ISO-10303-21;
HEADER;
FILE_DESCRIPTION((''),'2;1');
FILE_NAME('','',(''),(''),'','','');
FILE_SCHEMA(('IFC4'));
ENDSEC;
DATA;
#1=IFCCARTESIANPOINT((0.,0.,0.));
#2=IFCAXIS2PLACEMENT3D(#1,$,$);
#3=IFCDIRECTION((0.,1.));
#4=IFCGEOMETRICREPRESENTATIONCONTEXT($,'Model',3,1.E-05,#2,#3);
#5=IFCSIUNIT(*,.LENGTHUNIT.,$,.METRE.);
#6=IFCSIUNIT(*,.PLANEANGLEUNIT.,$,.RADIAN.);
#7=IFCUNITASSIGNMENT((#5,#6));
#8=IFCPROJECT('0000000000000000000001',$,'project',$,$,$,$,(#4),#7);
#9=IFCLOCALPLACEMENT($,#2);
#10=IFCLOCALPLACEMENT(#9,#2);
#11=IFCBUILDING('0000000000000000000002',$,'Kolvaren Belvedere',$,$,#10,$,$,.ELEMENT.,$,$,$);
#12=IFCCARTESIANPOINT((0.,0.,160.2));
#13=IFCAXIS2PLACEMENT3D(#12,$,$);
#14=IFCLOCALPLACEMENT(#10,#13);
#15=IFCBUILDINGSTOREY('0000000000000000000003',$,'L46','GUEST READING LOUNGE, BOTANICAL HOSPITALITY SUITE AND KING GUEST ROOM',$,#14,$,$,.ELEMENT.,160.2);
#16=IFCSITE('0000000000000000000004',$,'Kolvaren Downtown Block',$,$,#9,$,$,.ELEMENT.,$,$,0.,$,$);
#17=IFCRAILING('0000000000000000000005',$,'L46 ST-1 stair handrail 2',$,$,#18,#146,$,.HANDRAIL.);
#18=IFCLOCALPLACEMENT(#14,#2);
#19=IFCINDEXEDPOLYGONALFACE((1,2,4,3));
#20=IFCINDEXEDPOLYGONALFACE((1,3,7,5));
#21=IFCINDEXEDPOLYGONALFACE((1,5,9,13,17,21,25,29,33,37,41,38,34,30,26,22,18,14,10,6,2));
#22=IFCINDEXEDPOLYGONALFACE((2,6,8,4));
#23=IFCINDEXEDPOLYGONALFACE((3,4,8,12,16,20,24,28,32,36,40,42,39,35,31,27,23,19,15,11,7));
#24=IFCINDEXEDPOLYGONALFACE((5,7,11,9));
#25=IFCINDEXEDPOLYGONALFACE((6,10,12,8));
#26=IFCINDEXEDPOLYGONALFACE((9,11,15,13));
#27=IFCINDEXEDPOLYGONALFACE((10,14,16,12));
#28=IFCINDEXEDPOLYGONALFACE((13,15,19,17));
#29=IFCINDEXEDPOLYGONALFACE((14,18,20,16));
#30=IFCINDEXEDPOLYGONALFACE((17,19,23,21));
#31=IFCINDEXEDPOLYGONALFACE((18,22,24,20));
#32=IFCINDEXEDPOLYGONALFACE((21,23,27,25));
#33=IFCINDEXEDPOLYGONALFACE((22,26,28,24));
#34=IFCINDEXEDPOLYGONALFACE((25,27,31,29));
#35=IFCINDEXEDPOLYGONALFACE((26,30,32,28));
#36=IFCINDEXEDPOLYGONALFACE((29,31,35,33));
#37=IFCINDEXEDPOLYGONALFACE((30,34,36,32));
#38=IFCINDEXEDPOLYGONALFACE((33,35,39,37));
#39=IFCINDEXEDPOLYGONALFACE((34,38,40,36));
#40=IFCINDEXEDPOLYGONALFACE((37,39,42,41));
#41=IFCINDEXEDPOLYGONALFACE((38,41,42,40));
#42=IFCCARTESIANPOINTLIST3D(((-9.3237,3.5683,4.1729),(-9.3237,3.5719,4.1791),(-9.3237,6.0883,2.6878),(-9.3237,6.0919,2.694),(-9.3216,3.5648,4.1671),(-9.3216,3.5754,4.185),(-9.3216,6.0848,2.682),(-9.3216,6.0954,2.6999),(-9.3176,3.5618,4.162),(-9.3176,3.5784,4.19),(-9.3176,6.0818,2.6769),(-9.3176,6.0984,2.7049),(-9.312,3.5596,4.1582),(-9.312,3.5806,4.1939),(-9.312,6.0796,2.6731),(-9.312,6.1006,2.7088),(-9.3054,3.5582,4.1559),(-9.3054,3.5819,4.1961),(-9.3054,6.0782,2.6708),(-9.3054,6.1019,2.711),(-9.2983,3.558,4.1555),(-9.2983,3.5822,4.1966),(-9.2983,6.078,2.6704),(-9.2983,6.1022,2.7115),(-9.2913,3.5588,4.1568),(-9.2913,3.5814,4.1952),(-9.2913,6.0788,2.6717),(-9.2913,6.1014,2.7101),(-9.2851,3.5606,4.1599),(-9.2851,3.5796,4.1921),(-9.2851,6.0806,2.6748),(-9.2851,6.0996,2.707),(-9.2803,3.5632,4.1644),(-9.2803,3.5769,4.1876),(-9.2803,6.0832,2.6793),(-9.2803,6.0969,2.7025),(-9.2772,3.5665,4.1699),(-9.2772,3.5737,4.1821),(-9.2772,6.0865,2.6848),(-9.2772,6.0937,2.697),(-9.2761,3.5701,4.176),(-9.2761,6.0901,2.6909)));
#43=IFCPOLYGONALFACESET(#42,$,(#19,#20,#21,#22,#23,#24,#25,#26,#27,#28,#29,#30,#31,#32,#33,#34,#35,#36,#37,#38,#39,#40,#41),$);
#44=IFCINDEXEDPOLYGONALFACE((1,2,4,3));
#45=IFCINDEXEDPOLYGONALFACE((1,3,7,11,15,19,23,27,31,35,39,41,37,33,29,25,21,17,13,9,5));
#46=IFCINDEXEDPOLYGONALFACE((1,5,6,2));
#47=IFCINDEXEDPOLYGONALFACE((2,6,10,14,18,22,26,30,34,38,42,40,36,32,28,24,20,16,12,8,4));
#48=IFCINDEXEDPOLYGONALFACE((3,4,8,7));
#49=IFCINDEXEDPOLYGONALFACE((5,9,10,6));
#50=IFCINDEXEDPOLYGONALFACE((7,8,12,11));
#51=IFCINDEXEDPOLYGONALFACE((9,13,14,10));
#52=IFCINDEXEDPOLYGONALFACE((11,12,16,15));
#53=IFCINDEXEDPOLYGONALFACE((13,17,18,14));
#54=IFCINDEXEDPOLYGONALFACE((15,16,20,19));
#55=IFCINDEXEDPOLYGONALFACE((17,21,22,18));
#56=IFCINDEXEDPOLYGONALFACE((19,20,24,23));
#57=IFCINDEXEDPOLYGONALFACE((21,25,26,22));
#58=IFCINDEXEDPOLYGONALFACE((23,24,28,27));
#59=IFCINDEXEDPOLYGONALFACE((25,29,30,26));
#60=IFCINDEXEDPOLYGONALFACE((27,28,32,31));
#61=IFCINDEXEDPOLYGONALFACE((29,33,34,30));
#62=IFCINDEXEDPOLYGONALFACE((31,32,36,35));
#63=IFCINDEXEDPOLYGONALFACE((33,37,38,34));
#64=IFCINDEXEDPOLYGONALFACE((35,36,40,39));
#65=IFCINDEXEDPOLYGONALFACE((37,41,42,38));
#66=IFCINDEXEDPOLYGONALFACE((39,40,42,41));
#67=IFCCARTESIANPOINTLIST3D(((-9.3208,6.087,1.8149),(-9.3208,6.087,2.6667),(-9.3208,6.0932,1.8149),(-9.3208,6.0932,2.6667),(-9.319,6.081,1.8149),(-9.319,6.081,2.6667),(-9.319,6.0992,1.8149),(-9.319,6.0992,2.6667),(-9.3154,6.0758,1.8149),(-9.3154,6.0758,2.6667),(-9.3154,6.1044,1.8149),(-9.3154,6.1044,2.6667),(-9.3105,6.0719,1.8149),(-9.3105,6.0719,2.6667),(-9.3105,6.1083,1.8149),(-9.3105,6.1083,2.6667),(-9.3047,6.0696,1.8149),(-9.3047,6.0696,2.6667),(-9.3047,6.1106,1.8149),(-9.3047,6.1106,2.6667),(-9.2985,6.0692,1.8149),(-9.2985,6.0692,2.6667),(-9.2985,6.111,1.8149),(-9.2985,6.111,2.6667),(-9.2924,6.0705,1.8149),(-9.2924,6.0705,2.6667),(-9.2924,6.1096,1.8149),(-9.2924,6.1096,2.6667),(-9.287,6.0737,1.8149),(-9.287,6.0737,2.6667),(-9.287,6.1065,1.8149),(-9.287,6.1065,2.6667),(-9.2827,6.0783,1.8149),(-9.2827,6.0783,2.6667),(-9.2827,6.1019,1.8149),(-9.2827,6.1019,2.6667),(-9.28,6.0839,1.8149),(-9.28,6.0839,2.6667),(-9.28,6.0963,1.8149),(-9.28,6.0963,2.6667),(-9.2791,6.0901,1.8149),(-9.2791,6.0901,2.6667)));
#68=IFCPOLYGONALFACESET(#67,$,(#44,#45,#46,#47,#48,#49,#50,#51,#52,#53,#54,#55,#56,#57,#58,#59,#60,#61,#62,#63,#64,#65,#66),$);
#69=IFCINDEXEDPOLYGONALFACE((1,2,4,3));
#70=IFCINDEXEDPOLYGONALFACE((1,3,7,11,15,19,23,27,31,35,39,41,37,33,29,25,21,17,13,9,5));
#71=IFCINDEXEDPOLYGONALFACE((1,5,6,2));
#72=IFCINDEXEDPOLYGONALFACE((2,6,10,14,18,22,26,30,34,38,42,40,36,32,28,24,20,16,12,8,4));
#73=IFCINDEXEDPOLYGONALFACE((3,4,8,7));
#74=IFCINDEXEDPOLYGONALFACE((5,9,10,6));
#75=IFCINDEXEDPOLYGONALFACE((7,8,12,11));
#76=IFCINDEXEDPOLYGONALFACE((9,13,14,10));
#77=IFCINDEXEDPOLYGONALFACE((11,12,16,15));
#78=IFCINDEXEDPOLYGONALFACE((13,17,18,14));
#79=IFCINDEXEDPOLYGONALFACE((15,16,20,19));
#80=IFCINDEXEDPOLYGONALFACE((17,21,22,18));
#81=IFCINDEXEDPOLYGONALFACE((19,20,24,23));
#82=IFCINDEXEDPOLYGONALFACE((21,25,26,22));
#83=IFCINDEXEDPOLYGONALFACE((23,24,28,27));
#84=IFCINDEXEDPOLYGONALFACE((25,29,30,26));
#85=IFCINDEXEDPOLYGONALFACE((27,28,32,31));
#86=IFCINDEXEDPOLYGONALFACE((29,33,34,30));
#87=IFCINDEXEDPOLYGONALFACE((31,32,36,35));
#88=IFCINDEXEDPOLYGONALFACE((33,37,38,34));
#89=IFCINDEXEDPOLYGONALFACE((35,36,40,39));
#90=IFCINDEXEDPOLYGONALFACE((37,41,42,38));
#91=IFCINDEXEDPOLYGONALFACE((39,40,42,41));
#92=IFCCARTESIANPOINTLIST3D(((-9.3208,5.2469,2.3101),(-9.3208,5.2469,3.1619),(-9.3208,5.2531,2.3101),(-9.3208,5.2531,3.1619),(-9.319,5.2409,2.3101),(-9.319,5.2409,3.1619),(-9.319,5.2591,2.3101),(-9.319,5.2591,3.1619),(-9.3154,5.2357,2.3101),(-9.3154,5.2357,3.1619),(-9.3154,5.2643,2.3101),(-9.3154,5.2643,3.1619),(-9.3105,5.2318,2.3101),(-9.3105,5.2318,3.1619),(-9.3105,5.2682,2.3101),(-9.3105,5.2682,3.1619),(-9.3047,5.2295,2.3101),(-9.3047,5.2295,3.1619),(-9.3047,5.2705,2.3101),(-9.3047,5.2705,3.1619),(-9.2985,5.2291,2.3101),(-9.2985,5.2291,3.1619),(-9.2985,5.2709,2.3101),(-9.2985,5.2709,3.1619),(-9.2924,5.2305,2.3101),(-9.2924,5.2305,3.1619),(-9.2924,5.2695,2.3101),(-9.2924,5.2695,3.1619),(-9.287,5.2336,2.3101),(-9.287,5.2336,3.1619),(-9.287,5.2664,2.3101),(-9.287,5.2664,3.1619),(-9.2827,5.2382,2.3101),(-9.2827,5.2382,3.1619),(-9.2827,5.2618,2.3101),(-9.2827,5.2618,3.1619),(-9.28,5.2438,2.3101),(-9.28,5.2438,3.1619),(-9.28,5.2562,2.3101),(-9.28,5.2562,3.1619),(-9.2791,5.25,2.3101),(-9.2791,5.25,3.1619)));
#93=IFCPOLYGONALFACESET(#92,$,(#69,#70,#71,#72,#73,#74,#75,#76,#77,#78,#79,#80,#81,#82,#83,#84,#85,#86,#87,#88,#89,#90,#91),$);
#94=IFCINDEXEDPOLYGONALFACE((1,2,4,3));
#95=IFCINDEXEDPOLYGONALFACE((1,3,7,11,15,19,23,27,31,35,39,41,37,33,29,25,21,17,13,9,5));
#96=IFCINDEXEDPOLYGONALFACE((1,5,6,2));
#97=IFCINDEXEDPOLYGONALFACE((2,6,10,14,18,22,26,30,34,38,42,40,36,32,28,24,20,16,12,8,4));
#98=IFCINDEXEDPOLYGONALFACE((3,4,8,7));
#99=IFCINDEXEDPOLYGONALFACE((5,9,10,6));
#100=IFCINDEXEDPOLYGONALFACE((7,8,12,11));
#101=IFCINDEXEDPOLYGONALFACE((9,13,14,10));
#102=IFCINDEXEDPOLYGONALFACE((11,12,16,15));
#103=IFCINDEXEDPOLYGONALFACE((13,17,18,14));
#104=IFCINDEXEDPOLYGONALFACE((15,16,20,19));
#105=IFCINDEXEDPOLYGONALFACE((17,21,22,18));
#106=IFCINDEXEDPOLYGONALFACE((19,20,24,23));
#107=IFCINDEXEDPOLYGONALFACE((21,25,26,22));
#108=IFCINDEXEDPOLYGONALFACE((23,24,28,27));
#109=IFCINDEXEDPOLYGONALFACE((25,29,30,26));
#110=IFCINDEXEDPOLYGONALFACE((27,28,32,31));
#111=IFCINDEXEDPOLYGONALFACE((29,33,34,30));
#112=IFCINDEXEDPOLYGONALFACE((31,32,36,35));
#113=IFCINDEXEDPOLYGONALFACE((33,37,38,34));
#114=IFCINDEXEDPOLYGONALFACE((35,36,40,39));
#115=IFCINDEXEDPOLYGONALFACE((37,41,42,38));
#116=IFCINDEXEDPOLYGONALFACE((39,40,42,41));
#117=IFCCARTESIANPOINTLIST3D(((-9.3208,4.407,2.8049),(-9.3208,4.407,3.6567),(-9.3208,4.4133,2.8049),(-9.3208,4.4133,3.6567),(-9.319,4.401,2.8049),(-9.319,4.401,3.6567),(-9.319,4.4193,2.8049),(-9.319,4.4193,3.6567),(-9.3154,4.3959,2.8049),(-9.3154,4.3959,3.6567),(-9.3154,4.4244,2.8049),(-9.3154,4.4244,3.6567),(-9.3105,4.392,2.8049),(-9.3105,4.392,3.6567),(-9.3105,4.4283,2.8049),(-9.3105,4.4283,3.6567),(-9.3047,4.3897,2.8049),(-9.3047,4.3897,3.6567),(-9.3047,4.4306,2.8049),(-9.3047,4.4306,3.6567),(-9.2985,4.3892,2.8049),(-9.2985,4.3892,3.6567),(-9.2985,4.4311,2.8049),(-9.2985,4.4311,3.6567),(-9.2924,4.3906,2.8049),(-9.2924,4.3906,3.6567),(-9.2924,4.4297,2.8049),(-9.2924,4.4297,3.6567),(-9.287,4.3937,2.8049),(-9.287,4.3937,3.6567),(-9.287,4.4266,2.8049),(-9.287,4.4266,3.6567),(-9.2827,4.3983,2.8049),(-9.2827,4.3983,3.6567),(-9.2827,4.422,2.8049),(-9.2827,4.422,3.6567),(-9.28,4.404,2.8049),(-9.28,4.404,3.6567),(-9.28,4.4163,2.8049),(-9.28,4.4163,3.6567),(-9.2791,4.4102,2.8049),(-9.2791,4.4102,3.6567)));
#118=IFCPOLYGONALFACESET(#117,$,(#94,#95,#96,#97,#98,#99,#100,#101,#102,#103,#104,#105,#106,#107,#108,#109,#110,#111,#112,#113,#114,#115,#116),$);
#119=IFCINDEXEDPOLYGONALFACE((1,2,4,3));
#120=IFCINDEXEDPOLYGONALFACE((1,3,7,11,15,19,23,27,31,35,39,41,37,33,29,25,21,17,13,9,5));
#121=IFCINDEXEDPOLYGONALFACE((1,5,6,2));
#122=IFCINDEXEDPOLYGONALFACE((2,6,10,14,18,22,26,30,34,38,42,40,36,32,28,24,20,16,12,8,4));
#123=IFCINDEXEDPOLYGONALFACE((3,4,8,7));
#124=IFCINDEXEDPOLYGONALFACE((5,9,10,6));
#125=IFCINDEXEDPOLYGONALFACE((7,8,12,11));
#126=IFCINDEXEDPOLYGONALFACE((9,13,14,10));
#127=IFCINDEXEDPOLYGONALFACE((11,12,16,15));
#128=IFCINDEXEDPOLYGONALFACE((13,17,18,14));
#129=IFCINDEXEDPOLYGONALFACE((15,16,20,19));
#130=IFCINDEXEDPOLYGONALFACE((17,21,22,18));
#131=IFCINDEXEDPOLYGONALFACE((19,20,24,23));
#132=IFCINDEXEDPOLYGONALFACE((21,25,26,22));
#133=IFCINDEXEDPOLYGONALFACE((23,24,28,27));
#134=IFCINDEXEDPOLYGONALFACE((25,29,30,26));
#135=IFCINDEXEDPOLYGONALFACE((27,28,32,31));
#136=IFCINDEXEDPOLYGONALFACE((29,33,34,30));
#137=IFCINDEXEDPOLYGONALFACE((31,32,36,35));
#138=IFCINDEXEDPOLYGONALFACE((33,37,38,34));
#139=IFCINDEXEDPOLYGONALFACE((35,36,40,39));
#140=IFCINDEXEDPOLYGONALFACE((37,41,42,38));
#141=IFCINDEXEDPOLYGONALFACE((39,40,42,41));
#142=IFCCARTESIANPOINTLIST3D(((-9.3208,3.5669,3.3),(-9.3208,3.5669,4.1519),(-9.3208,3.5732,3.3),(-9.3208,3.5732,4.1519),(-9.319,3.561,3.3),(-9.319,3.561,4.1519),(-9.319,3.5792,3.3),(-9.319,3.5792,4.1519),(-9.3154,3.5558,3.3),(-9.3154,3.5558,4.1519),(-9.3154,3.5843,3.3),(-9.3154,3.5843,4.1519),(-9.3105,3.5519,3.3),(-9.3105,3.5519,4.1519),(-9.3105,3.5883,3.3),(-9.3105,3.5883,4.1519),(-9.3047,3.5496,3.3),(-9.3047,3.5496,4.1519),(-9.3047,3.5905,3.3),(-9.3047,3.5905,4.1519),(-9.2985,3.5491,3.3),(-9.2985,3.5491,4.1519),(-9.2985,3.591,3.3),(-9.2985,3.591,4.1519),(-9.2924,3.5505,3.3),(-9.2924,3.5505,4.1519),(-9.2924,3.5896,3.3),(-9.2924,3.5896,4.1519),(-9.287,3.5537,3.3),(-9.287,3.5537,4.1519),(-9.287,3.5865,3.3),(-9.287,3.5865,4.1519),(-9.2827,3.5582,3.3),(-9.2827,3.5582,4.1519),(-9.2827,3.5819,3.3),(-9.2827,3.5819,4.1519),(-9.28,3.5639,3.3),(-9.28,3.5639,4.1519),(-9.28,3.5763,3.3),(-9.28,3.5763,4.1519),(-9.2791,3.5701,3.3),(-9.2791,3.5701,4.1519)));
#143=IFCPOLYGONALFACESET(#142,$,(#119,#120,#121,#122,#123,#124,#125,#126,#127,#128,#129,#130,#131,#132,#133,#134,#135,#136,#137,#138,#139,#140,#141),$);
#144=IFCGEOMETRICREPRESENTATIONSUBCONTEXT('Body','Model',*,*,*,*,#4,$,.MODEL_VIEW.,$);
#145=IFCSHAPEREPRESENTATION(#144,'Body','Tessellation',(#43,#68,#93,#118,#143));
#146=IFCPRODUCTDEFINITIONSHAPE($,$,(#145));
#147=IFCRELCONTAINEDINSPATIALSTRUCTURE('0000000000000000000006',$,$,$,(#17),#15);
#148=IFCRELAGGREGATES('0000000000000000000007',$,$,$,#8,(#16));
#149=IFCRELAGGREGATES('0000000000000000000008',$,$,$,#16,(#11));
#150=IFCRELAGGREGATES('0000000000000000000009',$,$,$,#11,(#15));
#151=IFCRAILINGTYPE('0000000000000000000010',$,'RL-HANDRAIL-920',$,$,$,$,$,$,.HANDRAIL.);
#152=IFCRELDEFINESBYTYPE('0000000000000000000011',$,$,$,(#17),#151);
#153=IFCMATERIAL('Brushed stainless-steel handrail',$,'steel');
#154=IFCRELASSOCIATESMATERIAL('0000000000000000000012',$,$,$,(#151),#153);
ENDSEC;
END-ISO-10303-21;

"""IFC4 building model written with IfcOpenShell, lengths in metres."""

from ifc_helpers import new_model, si_unit, direction, frame, origin, origin_2d, place, context, subcontext, project, spatial, circle, extrude, material, type_object, element, save


model = new_model("IFC4")

# Units and contexts
model_context = context("Model", 3, precision=1e-05, world=origin(), true_north=direction((0.0, 1.0)))
body_context = subcontext(model_context, "Body", "Model", "MODEL_VIEW")
ifc_project = project(units=[si_unit("LENGTHUNIT", "METRE"), si_unit("PLANEANGLEUNIT", "RADIAN")], contexts=[model_context])

# Site, building, storey
site_placement = place(None, origin())
site = spatial("IfcSite", under=ifc_project, at=site_placement, Name="Kolvaren Downtown Block", CompositionType="ELEMENT", RefElevation=0.0)
building_placement = place(site_placement, origin())
building = spatial("IfcBuilding", under=site, at=building_placement, Name="Kolvaren Belvedere", CompositionType="ELEMENT")
storey_placement = place(building_placement, frame((0.0, 0.0, 160.2)))
storey = spatial("IfcBuildingStorey", under=building, at=storey_placement, Name="L46", Description="GUEST READING LOUNGE, BOTANICAL HOSPITALITY SUITE AND KING GUEST ROOM", CompositionType="ELEMENT", Elevation=160.2)

# Railing
ifc_material_1 = material(Name="Brushed stainless-steel handrail", Category="steel")
railing_type_1 = type_object("IfcRailingType", Name="RL-HANDRAIL-920", PredefinedType="HANDRAIL", material=ifc_material_1)
railing_1_placement = place(storey_placement, frame((-9.3, 6.0901, 1.8149)))
element("IfcRailing", 1, at=railing_1_placement, inside=storey, type_object=railing_type_1, Name="L46 ST-1 stair handrail 2", PredefinedType="HANDRAIL", context=body_context, shape_type="SweptSolid", body=[
    extrude(circle(Radius=0.0239, at=origin_2d()), frame((0.0, 0.0, 0.876), z_axis=(0.0, -0.861524, 0.507717), x_axis=(1.0, 0.0, 0.0)), (0.0, 0.0, 1.0), 2.925),
    extrude(circle(Radius=0.021, at=origin_2d()), origin(), (0.0, 0.0, 1.0), 0.8518),
    extrude(circle(Radius=0.021, at=origin_2d()), frame((0.0, -0.8401, 0.4951)), (0.0, 0.0, 1.0), 0.8518),
    extrude(circle(Radius=0.021, at=origin_2d()), frame((0.0, -1.6799, 0.99)), (0.0, 0.0, 1.0), 0.8518),
    extrude(circle(Radius=0.021, at=origin_2d()), frame((0.0, -2.52, 1.4851)), (0.0, 0.0, 1.0), 0.8518),
])

save(model, "model.ifc")
